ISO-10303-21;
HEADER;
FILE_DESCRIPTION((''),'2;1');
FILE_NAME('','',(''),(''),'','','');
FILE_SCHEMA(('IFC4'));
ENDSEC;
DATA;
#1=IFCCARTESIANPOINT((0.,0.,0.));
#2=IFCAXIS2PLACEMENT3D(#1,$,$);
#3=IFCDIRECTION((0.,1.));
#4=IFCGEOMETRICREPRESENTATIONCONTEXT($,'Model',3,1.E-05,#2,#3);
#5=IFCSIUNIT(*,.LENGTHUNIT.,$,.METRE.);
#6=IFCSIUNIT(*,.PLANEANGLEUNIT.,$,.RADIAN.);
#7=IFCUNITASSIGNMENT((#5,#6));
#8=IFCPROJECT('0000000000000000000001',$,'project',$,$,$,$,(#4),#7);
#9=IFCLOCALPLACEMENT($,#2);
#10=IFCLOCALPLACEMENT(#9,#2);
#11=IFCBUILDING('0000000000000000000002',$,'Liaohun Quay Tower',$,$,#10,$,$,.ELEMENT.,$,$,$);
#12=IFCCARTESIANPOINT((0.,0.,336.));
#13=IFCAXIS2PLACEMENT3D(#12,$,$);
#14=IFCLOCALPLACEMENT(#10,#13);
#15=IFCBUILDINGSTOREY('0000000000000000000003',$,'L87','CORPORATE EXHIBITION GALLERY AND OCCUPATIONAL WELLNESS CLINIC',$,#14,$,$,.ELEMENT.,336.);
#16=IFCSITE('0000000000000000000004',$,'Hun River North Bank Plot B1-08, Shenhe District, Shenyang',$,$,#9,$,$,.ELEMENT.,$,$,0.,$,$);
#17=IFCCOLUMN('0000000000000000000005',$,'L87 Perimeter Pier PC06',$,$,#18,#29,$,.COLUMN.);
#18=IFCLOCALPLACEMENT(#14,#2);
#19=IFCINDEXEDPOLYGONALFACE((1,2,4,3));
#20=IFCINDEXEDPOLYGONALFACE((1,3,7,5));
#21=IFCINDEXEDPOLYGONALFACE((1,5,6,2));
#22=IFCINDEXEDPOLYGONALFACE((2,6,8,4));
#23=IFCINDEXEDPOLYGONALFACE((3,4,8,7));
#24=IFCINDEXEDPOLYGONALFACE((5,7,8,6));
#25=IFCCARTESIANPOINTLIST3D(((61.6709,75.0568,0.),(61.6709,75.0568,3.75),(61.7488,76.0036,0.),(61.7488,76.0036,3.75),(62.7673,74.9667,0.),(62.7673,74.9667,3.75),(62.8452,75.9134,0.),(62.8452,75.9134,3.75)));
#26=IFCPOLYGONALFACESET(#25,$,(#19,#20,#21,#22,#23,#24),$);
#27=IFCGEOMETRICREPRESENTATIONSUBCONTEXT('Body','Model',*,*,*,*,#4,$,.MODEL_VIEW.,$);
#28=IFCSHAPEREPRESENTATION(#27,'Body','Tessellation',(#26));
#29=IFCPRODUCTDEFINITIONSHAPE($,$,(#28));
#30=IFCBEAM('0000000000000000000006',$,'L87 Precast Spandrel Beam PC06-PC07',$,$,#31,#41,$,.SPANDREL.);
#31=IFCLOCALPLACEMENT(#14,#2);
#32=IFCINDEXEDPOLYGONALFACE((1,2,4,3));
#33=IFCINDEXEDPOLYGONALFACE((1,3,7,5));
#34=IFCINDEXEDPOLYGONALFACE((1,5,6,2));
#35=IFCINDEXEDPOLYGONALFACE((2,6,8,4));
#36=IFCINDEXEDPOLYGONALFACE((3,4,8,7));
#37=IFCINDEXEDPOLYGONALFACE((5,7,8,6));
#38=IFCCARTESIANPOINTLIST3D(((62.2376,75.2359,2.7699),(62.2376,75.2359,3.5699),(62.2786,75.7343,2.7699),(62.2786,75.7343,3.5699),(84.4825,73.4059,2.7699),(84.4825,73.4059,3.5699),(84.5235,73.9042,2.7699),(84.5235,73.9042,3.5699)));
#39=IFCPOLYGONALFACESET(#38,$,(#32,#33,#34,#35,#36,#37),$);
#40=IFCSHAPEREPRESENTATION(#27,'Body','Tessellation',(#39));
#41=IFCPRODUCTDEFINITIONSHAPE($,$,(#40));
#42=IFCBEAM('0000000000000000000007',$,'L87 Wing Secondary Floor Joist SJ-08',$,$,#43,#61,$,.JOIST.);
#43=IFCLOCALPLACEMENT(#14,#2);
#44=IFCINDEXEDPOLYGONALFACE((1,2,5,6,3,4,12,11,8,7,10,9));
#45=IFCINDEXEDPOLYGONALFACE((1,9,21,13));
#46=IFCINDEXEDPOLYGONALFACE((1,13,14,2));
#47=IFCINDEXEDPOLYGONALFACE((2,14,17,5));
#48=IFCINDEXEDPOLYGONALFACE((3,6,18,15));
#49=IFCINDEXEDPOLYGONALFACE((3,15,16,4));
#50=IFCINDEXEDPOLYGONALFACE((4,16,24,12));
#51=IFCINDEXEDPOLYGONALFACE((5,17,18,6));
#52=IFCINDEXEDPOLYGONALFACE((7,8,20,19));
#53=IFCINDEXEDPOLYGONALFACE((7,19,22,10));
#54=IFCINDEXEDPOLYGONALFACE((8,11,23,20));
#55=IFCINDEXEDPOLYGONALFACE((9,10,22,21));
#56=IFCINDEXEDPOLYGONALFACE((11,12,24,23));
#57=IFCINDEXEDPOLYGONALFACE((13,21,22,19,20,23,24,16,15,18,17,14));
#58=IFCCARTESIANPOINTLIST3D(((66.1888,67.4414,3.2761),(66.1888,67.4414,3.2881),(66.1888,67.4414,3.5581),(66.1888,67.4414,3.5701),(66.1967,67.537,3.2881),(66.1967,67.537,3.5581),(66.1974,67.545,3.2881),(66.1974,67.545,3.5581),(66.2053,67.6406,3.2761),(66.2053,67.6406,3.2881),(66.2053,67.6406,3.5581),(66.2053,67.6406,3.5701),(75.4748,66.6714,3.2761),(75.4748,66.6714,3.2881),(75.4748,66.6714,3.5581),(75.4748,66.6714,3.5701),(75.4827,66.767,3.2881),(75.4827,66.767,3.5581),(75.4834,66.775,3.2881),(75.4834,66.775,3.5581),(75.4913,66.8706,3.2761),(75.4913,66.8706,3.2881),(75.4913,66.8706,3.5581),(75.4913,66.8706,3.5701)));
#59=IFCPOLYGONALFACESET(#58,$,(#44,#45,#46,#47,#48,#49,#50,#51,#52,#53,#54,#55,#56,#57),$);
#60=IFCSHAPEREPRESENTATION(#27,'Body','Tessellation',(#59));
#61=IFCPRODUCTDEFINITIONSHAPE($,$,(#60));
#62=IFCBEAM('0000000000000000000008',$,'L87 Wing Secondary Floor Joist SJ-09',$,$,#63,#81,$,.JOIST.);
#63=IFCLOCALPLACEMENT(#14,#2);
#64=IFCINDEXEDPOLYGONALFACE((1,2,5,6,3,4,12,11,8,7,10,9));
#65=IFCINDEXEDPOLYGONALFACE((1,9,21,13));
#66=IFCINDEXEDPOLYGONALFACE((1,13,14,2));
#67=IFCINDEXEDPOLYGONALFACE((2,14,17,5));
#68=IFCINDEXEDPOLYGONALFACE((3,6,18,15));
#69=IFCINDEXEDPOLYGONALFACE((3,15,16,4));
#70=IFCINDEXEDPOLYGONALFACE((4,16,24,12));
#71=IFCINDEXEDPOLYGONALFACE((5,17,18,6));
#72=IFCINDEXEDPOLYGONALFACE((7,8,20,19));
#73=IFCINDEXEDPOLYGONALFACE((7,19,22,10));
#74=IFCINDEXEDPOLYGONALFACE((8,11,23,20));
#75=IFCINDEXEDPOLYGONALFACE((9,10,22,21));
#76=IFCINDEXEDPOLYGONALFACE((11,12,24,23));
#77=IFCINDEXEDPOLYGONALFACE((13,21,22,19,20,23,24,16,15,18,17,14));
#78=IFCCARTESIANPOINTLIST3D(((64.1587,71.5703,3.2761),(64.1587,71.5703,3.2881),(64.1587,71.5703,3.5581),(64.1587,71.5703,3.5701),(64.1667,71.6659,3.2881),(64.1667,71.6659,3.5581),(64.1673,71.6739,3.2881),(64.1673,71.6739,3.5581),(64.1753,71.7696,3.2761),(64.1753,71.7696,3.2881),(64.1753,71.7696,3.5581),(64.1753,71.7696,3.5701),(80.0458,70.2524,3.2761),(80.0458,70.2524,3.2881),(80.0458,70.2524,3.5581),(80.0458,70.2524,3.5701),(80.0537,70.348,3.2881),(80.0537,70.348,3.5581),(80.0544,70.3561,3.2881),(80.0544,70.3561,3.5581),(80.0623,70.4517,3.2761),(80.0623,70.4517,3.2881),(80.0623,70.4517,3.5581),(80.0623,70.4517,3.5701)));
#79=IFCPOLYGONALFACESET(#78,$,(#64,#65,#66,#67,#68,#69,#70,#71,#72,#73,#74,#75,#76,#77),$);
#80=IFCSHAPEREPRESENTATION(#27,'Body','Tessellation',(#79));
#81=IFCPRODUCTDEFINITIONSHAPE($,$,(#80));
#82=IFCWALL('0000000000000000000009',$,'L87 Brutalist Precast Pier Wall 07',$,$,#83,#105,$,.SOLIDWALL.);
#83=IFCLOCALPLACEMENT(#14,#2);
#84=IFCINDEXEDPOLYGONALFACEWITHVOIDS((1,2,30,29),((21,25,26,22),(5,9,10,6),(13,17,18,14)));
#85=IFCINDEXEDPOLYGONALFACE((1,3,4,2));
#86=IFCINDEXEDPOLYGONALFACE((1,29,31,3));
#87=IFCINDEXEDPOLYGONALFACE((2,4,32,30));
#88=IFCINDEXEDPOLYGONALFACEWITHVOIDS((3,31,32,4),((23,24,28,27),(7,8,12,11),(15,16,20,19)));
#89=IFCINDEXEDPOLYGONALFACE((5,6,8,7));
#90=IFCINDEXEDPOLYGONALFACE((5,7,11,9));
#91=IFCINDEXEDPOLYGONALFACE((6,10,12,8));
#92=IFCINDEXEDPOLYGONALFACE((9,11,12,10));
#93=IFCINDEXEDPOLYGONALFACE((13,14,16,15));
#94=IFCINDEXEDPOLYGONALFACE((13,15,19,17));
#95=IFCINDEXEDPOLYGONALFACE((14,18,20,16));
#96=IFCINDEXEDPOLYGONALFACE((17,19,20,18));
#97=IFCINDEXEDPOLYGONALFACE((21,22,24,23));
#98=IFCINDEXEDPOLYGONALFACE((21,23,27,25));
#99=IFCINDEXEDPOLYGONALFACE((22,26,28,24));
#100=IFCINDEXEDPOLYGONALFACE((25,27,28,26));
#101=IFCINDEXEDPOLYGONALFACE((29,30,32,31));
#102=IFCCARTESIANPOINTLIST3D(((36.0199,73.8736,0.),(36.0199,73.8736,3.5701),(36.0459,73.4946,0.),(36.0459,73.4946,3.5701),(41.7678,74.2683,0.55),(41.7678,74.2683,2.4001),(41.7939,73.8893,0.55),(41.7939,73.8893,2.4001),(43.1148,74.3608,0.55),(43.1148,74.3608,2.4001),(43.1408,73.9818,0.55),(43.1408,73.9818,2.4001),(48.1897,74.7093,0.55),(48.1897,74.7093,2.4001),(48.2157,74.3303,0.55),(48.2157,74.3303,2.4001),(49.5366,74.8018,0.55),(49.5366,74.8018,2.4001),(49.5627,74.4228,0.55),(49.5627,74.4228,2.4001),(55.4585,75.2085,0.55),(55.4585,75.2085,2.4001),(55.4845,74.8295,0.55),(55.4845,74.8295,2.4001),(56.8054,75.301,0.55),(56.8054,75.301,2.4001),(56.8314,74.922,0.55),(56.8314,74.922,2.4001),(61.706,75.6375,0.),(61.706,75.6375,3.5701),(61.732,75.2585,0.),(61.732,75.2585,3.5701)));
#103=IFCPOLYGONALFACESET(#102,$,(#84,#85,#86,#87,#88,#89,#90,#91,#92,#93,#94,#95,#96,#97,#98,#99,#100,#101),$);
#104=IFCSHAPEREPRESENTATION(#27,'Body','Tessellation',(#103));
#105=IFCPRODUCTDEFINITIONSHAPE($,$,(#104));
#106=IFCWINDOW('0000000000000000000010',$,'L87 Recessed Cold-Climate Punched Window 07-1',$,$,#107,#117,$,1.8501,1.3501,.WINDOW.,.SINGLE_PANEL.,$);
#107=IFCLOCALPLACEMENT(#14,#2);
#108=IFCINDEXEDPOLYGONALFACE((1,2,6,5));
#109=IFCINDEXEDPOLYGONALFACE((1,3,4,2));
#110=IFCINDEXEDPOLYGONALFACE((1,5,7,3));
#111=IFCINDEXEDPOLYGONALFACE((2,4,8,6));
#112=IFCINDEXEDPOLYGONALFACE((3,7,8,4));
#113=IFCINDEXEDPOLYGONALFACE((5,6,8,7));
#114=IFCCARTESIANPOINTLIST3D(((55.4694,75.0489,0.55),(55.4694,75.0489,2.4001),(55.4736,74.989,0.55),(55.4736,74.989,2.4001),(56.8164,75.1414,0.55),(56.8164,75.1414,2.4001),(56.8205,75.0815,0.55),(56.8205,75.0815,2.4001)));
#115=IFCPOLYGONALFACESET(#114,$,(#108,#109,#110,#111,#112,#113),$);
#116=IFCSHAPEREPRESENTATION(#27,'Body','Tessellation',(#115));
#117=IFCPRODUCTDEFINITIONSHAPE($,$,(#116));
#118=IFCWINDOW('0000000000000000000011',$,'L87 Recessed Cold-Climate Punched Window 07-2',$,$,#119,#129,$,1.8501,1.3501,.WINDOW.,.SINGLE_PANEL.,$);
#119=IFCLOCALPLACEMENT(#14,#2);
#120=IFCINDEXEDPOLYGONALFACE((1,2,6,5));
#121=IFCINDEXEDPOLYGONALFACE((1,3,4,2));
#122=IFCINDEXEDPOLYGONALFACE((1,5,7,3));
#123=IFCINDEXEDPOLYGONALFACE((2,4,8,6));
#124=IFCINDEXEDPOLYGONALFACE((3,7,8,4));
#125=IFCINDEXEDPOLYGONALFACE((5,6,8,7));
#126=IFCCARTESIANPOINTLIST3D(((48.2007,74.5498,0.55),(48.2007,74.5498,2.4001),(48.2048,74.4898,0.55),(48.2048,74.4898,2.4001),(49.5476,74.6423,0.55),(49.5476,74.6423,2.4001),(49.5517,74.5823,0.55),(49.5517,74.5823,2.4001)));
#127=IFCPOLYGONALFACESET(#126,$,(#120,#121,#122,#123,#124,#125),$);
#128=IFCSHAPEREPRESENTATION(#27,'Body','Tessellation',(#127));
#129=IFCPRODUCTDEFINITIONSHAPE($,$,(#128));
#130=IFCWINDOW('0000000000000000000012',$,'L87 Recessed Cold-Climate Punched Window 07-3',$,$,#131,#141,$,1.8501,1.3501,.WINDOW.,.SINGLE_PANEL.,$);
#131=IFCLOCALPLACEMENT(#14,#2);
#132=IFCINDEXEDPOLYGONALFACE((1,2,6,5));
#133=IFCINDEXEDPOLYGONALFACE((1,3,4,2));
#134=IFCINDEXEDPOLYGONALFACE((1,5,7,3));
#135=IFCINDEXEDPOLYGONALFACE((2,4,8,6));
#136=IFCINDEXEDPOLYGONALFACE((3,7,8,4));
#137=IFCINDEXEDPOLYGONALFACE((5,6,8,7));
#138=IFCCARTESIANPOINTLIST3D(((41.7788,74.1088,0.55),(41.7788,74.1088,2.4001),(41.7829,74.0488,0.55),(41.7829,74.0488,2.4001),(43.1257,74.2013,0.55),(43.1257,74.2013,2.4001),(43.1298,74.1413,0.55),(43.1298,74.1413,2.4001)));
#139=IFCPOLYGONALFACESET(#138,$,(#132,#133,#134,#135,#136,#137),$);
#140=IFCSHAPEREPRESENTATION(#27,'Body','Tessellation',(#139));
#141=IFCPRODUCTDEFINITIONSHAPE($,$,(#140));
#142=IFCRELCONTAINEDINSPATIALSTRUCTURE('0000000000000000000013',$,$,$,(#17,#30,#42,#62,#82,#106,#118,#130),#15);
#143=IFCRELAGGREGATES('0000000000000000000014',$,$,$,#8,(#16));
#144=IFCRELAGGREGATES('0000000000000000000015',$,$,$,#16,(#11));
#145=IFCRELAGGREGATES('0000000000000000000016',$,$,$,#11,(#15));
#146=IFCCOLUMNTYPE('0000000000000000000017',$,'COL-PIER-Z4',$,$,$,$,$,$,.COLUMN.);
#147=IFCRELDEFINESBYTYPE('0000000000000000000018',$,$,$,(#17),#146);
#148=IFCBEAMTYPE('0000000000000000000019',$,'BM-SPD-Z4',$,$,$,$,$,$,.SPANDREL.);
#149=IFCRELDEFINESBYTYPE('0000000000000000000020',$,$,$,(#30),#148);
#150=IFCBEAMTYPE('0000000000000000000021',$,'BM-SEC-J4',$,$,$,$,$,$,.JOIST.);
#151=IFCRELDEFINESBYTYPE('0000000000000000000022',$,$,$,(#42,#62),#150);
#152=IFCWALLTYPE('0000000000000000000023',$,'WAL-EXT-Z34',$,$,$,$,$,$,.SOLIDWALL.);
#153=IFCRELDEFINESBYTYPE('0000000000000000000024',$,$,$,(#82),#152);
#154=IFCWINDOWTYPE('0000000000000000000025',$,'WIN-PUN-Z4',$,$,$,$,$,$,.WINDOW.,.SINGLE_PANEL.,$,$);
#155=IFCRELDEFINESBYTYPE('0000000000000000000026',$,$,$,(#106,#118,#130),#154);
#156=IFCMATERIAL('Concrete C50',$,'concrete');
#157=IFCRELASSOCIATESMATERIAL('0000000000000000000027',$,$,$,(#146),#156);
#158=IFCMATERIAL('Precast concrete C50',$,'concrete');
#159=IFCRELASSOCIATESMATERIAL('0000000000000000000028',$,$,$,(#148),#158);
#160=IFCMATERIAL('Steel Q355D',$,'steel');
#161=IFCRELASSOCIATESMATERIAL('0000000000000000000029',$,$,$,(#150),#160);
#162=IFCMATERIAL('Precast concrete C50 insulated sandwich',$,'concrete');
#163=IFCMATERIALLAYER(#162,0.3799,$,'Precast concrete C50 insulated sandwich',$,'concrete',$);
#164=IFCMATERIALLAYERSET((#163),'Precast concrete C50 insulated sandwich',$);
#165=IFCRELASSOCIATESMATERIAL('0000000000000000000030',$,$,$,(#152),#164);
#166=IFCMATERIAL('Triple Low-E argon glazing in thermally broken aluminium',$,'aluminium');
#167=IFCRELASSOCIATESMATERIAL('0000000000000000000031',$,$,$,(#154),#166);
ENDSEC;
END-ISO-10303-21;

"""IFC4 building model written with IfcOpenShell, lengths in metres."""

from ifc_helpers import new_model, si_unit, direction, frame, frame_2d, origin, origin_2d, place, context, subcontext, project, spatial, rectangle, i_section, extrude, source, transform, mapped, material, layer, layer_set, material_profile, profile_set, type_object, element, fill, save


model = new_model("IFC4")

# Units and contexts
model_context = context("Model", 3, precision=1e-05, world=origin(), true_north=direction((0.0, 1.0)))
body_context = subcontext(model_context, "Body", "Model", "MODEL_VIEW")
ifc_project = project(units=[si_unit("LENGTHUNIT", "METRE"), si_unit("PLANEANGLEUNIT", "RADIAN")], contexts=[model_context])

# Site, building, storey
site_placement = place(None, origin())
site = spatial("IfcSite", under=ifc_project, at=site_placement, Name="Hun River North Bank Plot B1-08, Shenhe District, Shenyang", CompositionType="ELEMENT", RefElevation=0.0)
building_placement = place(site_placement, origin())
building = spatial("IfcBuilding", under=site, at=building_placement, Name="Liaohun Quay Tower", CompositionType="ELEMENT")
storey_placement = place(building_placement, frame((0.0, 0.0, 336.0)))
storey = spatial("IfcBuildingStorey", under=building, at=storey_placement, Name="L87", Description="CORPORATE EXHIBITION GALLERY AND OCCUPATIONAL WELLNESS CLINIC", CompositionType="ELEMENT", Elevation=336.0)

# Column
ifc_material_1 = material(Name="Concrete C50", Category="concrete")
ifc_material_profile_1 = material_profile(ifc_material_1, rectangle(XDim=1.1001, YDim=0.95, at=origin_2d()), Name="RC1100x950")
ifc_profile_set_1 = profile_set([ifc_material_profile_1], Name="Concrete C50")
column_type = type_object("IfcColumnType", Name="COL-PIER-Z4", PredefinedType="COLUMN", material=ifc_profile_set_1)
shared_shape_1 = source(origin(), body_context, "Body", "SweptSolid", [
    extrude(rectangle(XDim=1.1001, YDim=0.95, at=origin_2d()), origin(), (0.0, 0.0, 1.0), 3.75),
])
column_placement = place(storey_placement, frame((62.2581, 75.4851, 0.0), z_axis=(0.0, 0.0, 1.0), x_axis=(-0.996637, 0.081939, 0.0)))
element("IfcColumn", 1, at=column_placement, inside=storey, type_object=column_type, Name="L87 Perimeter Pier PC06", PredefinedType="COLUMN", context=body_context, shape_type="MappedRepresentation", body=[
    mapped(shared_shape_1, transform((0.0, 0.0, 0.0), x_axis=(1.0, 0.0, 0.0), y_axis=(0.0, 1.0, 0.0), z_axis=(0.0, 0.0, 1.0), scale=1.0)),
])

# Beams
ifc_material_2 = material(Name="Precast concrete C50", Category="concrete")
ifc_material_profile_2 = material_profile(ifc_material_2, rectangle(XDim=0.5, YDim=0.8, at=origin_2d()), Name="RC500x800")
ifc_profile_set_2 = profile_set([ifc_material_profile_2], Name="Precast concrete C50")
beam_type_1 = type_object("IfcBeamType", Name="BM-SPD-Z4", PredefinedType="SPANDREL", material=ifc_profile_set_2)
shared_shape_2 = source(origin(), body_context, "Body", "SweptSolid", [
    extrude(rectangle(XDim=0.5, YDim=0.8, at=origin_2d()), origin(), (0.0, 0.0, 1.0), 22.3201),
])
beam_1_placement = place(storey_placement, frame((62.2581, 75.4851, 3.1699), z_axis=(0.996633, -0.081993, 0.0), x_axis=(0.081993, 0.996633, 0.0)))
element("IfcBeam", 2, at=beam_1_placement, inside=storey, type_object=beam_type_1, Name="L87 Precast Spandrel Beam PC06-PC07", PredefinedType="SPANDREL", context=body_context, shape_type="MappedRepresentation", body=[
    mapped(shared_shape_2, transform((0.0, 0.0, 0.0), x_axis=(1.0, 0.0, 0.0), y_axis=(0.0, 1.0, 0.0), z_axis=(0.0, 0.0, 1.0), scale=1.0)),
])
ifc_material_3 = material(Name="Steel Q355D", Category="steel")
ifc_material_profile_3 = material_profile(ifc_material_3, i_section(OverallWidth=0.2, OverallDepth=0.2939, WebThickness=0.0081, FlangeThickness=0.012, at=origin_2d()), Name="HM294x200x8x12")
ifc_profile_set_3 = profile_set([ifc_material_profile_3], Name="Steel Q355D")
beam_type_2 = type_object("IfcBeamType", Name="BM-SEC-J4", PredefinedType="JOIST", material=ifc_profile_set_3)
shared_shape_3 = source(origin(), body_context, "Body", "SweptSolid", [
    extrude(i_section(OverallWidth=0.2, OverallDepth=0.2939, WebThickness=0.0081, FlangeThickness=0.012, at=origin_2d()), origin(), (0.0, 0.0, 1.0), 9.3179),
])
beam_2_placement = place(storey_placement, frame((66.197, 67.541, 3.4231), z_axis=(0.996579, -0.08264, 0.0), x_axis=(0.08264, 0.996579, 0.0)))
element("IfcBeam", 3, at=beam_2_placement, inside=storey, type_object=beam_type_2, Name="L87 Wing Secondary Floor Joist SJ-08", PredefinedType="JOIST", context=body_context, shape_type="MappedRepresentation", body=[
    mapped(shared_shape_3, transform((0.0, 0.0, 0.0), x_axis=(1.0, 0.0, 0.0), y_axis=(0.0, 1.0, 0.0), z_axis=(0.0, 0.0, 1.0), scale=1.0)),
])
shared_shape_4 = source(origin(), body_context, "Body", "SweptSolid", [
    extrude(i_section(OverallWidth=0.2, OverallDepth=0.2939, WebThickness=0.0081, FlangeThickness=0.012, at=origin_2d()), origin(), (0.0, 0.0, 1.0), 15.9417),
])
beam_3_placement = place(storey_placement, frame((64.167, 71.6699, 3.4231), z_axis=(0.996577, -0.082669, 0.0), x_axis=(0.082669, 0.996577, 0.0)))
element("IfcBeam", 4, at=beam_3_placement, inside=storey, type_object=beam_type_2, Name="L87 Wing Secondary Floor Joist SJ-09", PredefinedType="JOIST", context=body_context, shape_type="MappedRepresentation", body=[
    mapped(shared_shape_4, transform((0.0, 0.0, 0.0), x_axis=(1.0, 0.0, 0.0), y_axis=(0.0, 1.0, 0.0), z_axis=(0.0, 0.0, 1.0), scale=1.0)),
])

# Wall, openings, windows
ifc_material_4 = material(Name="Precast concrete C50 insulated sandwich", Category="concrete")
ifc_layer_1 = layer(ifc_material_4, 0.3799, Name="Precast concrete C50 insulated sandwich", Category="concrete")
ifc_layer_set_1 = layer_set([ifc_layer_1], Name="Precast concrete C50 insulated sandwich")
wall_type_1 = type_object("IfcWallType", Name="WAL-EXT-Z34", PredefinedType="SOLIDWALL", material=ifc_layer_set_1)
wall_1_placement = place(storey_placement, frame((61.719, 75.448, 0.0), z_axis=(0.0, 0.0, 1.0), x_axis=(-0.99765, -0.068511, 0.0)))
wall_1 = element("IfcWall", 5, at=wall_1_placement, inside=storey, type_object=wall_type_1, Name="L87 Brutalist Precast Pier Wall 07", PredefinedType="SOLIDWALL", context=body_context, shape_type="SweptSolid", body=[
    extrude(rectangle(XDim=25.7466, YDim=0.3799, at=frame_2d((12.8733, 0.0))), origin(), (0.0, 0.0, 1.0), 3.5701),
])
shared_shape_5 = source(origin(), body_context, "Body", "SweptSolid", [
    extrude(rectangle(XDim=1.3501, YDim=1.8501, at=frame_2d((0.675, 0.925))), frame((0.0, 0.2, 0.0), z_axis=(0.0, -1.0, 0.0), x_axis=(1.0, 0.0, 0.0)), (0.0, 0.0, 1.0), 0.3999),
])
opening_1_placement = place(wall_1_placement, frame((4.9121, 0.0, 0.55)))
opening_1 = element("IfcOpeningElement", 6, at=opening_1_placement, cuts=wall_1, PredefinedType="OPENING", context=body_context, shape_type="MappedRepresentation", body=[
    mapped(shared_shape_5, transform((0.0, 0.0, 0.0), x_axis=(1.0, 0.0, 0.0), y_axis=(0.0, 1.0, 0.0), z_axis=(0.0, 0.0, 1.0), scale=1.0)),
])
opening_2_placement = place(wall_1_placement, frame((12.198, 0.0, 0.55)))
opening_2 = element("IfcOpeningElement", 7, at=opening_2_placement, cuts=wall_1, PredefinedType="OPENING", context=body_context, shape_type="MappedRepresentation", body=[
    mapped(shared_shape_5, transform((0.0, 0.0, 0.0), x_axis=(1.0, 0.0, 0.0), y_axis=(0.0, 1.0, 0.0), z_axis=(0.0, 0.0, 1.0), scale=1.0)),
])
opening_3_placement = place(wall_1_placement, frame((18.635, 0.0, 0.55)))
opening_3 = element("IfcOpeningElement", 8, at=opening_3_placement, cuts=wall_1, PredefinedType="OPENING", context=body_context, shape_type="MappedRepresentation", body=[
    mapped(shared_shape_5, transform((0.0, 0.0, 0.0), x_axis=(1.0, 0.0, 0.0), y_axis=(0.0, 1.0, 0.0), z_axis=(0.0, 0.0, 1.0), scale=1.0)),
])
ifc_material_5 = material(Name="Triple Low-E argon glazing in thermally broken aluminium", Category="aluminium")
window_type = type_object("IfcWindowType", Name="WIN-PUN-Z4", PartitioningType="SINGLE_PANEL", PredefinedType="WINDOW", material=ifc_material_5)
shared_shape_6 = source(origin(), body_context, "Body", "SweptSolid", [
    extrude(rectangle(XDim=1.3501, YDim=1.8501, at=frame_2d((0.675, 0.925))), frame((0.0, 0.03, 0.0), z_axis=(0.0, -1.0, 0.0), x_axis=(1.0, 0.0, 0.0)), (0.0, 0.0, 1.0), 0.0601),
])
window_1_placement = place(opening_1_placement, origin())
window_1 = element("IfcWindow", 9, at=window_1_placement, inside=storey, type_object=window_type, Name="L87 Recessed Cold-Climate Punched Window 07-1", OverallHeight=1.8501, OverallWidth=1.3501, PartitioningType="SINGLE_PANEL", PredefinedType="WINDOW", context=body_context, shape_type="MappedRepresentation", body=[
    mapped(shared_shape_6, transform((0.0, 0.0, 0.0), x_axis=(1.0, 0.0, 0.0), y_axis=(0.0, 1.0, 0.0), z_axis=(0.0, 0.0, 1.0), scale=1.0)),
])
fill(opening_1, window_1)
window_2_placement = place(opening_2_placement, origin())
window_2 = element("IfcWindow", 10, at=window_2_placement, inside=storey, type_object=window_type, Name="L87 Recessed Cold-Climate Punched Window 07-2", OverallHeight=1.8501, OverallWidth=1.3501, PartitioningType="SINGLE_PANEL", PredefinedType="WINDOW", context=body_context, shape_type="MappedRepresentation", body=[
    mapped(shared_shape_6, transform((0.0, 0.0, 0.0), x_axis=(1.0, 0.0, 0.0), y_axis=(0.0, 1.0, 0.0), z_axis=(0.0, 0.0, 1.0), scale=1.0)),
])
fill(opening_2, window_2)
window_3_placement = place(opening_3_placement, origin())
window_3 = element("IfcWindow", 11, at=window_3_placement, inside=storey, type_object=window_type, Name="L87 Recessed Cold-Climate Punched Window 07-3", OverallHeight=1.8501, OverallWidth=1.3501, PartitioningType="SINGLE_PANEL", PredefinedType="WINDOW", context=body_context, shape_type="MappedRepresentation", body=[
    mapped(shared_shape_6, transform((0.0, 0.0, 0.0), x_axis=(1.0, 0.0, 0.0), y_axis=(0.0, 1.0, 0.0), z_axis=(0.0, 0.0, 1.0), scale=1.0)),
])
fill(opening_3, window_3)

save(model, "model.ifc")
